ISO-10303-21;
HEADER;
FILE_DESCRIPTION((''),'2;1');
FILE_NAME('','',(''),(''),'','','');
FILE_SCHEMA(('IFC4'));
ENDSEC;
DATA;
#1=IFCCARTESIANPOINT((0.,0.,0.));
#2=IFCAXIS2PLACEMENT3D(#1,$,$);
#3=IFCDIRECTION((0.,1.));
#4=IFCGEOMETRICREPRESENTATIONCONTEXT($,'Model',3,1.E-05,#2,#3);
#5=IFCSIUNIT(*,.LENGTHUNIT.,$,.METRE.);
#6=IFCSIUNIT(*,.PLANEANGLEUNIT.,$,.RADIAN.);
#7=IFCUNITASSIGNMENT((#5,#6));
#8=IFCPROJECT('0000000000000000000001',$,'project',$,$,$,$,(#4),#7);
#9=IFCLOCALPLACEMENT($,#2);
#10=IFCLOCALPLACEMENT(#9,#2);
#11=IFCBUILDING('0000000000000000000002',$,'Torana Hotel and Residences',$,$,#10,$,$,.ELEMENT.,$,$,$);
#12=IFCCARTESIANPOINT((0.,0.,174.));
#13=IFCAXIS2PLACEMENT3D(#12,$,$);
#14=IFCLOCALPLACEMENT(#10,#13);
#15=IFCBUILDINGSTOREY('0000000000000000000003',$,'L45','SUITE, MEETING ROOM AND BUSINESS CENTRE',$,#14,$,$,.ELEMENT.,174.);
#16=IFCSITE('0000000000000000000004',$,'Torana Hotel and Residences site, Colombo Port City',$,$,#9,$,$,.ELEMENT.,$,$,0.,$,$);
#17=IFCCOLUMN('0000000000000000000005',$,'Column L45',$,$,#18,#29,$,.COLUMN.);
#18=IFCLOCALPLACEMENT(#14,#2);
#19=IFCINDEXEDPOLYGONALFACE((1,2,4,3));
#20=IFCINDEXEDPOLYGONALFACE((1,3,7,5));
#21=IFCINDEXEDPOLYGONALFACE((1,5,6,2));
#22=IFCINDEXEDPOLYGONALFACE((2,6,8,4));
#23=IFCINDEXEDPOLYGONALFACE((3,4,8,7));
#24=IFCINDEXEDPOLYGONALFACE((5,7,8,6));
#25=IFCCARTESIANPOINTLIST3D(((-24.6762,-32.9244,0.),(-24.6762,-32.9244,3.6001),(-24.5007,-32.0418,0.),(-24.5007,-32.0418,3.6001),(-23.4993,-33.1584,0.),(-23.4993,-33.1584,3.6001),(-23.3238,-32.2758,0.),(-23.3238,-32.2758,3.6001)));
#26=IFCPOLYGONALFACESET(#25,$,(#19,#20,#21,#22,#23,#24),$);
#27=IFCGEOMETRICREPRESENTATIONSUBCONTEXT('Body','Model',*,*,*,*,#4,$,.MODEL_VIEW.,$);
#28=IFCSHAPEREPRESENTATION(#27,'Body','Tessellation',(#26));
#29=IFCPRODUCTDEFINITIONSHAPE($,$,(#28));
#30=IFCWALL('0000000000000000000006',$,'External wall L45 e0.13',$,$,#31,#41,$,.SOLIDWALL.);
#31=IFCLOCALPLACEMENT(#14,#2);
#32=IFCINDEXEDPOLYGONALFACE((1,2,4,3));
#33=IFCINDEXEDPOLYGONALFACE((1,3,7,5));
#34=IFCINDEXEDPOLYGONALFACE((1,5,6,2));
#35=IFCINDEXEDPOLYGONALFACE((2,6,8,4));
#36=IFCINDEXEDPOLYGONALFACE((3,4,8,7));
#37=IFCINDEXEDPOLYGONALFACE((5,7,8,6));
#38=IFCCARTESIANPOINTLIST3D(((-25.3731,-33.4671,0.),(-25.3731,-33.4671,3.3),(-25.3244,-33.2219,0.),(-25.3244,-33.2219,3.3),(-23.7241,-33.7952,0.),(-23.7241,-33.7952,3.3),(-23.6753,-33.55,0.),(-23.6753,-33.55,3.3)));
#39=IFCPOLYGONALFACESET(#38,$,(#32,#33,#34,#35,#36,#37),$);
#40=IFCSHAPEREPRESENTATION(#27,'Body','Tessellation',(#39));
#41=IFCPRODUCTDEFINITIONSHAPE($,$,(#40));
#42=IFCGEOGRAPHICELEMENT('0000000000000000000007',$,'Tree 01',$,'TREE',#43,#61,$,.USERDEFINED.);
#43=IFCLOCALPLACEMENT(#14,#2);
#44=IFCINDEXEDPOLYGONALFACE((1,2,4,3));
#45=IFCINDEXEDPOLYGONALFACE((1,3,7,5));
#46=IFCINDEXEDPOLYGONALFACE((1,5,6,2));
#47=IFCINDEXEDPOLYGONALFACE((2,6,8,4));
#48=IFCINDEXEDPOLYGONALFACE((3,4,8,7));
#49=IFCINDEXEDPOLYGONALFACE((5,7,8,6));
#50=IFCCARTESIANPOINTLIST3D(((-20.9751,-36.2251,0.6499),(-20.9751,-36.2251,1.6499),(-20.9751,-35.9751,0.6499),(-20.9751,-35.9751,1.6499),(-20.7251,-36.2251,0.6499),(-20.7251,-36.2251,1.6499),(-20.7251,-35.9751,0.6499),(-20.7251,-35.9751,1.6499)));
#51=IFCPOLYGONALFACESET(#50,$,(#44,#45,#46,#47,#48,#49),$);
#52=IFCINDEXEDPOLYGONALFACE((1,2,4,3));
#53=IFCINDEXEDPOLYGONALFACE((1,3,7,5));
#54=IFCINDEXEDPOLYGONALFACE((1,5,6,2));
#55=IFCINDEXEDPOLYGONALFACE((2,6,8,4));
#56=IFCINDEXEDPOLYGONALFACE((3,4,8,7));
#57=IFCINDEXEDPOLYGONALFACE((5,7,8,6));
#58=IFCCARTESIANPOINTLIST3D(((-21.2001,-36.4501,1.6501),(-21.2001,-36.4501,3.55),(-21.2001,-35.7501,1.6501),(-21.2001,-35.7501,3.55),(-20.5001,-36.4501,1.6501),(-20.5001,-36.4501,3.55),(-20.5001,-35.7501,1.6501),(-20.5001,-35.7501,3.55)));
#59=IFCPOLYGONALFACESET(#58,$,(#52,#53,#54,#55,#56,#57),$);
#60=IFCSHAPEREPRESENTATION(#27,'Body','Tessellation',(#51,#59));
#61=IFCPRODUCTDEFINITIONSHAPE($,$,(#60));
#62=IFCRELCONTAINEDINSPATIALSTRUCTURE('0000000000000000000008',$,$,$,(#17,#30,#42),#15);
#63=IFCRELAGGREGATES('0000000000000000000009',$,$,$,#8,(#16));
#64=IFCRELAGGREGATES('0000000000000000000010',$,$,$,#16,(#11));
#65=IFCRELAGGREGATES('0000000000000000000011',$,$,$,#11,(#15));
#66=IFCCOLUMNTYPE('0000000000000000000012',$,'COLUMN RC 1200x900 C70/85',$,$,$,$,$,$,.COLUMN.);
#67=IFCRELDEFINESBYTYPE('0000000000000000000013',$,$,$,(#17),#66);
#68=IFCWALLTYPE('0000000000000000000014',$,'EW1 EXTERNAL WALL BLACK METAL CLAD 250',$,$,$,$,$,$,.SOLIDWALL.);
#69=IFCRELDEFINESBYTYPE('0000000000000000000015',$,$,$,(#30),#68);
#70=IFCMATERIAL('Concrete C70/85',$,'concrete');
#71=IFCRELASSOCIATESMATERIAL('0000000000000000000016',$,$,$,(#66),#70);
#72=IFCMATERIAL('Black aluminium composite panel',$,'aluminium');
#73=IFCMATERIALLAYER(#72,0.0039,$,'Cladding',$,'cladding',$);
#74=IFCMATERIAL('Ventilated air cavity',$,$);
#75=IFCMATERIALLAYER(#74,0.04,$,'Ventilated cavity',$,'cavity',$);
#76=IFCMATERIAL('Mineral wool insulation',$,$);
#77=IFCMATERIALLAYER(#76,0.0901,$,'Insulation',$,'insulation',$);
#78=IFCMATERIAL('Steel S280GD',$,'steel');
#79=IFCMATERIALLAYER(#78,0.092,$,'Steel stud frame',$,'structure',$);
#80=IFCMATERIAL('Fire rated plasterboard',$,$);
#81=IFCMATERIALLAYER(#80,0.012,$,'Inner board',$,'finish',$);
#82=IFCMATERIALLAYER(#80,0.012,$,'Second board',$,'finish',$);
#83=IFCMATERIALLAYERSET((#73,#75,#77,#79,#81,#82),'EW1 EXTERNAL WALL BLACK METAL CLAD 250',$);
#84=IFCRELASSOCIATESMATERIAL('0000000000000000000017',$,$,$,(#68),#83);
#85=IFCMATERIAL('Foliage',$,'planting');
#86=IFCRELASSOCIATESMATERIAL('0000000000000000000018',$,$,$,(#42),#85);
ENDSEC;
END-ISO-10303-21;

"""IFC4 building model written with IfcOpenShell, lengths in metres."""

from ifc_helpers import new_model, si_unit, direction, frame, frame_2d, origin, origin_2d, place, context, subcontext, project, spatial, rectangle, extrude, material, layer, layer_set, material_profile, profile_set, type_object, element, save


model = new_model("IFC4")

# Units and contexts
model_context = context("Model", 3, precision=1e-05, world=origin(), true_north=direction((0.0, 1.0)))
body_context = subcontext(model_context, "Body", "Model", "MODEL_VIEW")
ifc_project = project(units=[si_unit("LENGTHUNIT", "METRE"), si_unit("PLANEANGLEUNIT", "RADIAN")], contexts=[model_context])

# Site, building, storey
site_placement = place(None, origin())
site = spatial("IfcSite", under=ifc_project, at=site_placement, Name="Torana Hotel and Residences site, Colombo Port City", CompositionType="ELEMENT", RefElevation=0.0)
building_placement = place(site_placement, origin())
building = spatial("IfcBuilding", under=site, at=building_placement, Name="Torana Hotel and Residences", CompositionType="ELEMENT")
storey_placement = place(building_placement, frame((0.0, 0.0, 174.0)))
storey = spatial("IfcBuildingStorey", under=building, at=storey_placement, Name="L45", Description="SUITE, MEETING ROOM AND BUSINESS CENTRE", CompositionType="ELEMENT", Elevation=174.0)

# Column
ifc_material_1 = material(Name="Concrete C70/85", Category="concrete")
ifc_material_profile = material_profile(ifc_material_1, rectangle(XDim=1.2, YDim=0.8999, at=origin_2d()), Name="RC 1200x900")
ifc_profile_set = profile_set([ifc_material_profile], Name="Concrete C70/85")
column_type = type_object("IfcColumnType", Name="COLUMN RC 1200x900 C70/85", PredefinedType="COLUMN", material=ifc_profile_set)
column_placement = place(storey_placement, frame((-24.0, -32.6001, 0.0), z_axis=(0.0, 0.0, 1.0), x_axis=(-0.980792, 0.195056, 0.0)))
element("IfcColumn", 1, at=column_placement, inside=storey, type_object=column_type, Name="Column L45", PredefinedType="COLUMN", context=body_context, shape_type="SweptSolid", body=[
    extrude(rectangle(XDim=1.2, YDim=0.8999, at=origin_2d()), origin(), (0.0, 0.0, 1.0), 3.6001),
])

# Wall
ifc_material_2 = material(Name="Black aluminium composite panel", Category="aluminium")
ifc_layer_1 = layer(ifc_material_2, 0.0039, Name="Cladding", Category="cladding")
ifc_material_3 = material(Name="Ventilated air cavity")
ifc_layer_2 = layer(ifc_material_3, 0.04, Name="Ventilated cavity", Category="cavity")
ifc_material_4 = material(Name="Mineral wool insulation")
ifc_layer_3 = layer(ifc_material_4, 0.0901, Name="Insulation", Category="insulation")
ifc_material_5 = material(Name="Steel S280GD", Category="steel")
ifc_layer_4 = layer(ifc_material_5, 0.092, Name="Steel stud frame", Category="structure")
ifc_material_6 = material(Name="Fire rated plasterboard")
ifc_layer_5 = layer(ifc_material_6, 0.012, Name="Inner board", Category="finish")
ifc_layer_6 = layer(ifc_material_6, 0.012, Name="Second board", Category="finish")
ifc_layer_set = layer_set([ifc_layer_1, ifc_layer_2, ifc_layer_3, ifc_layer_4, ifc_layer_5, ifc_layer_6], Name="EW1 EXTERNAL WALL BLACK METAL CLAD 250")
wall_type = type_object("IfcWallType", Name="EW1 EXTERNAL WALL BLACK METAL CLAD 250", PredefinedType="SOLIDWALL", material=ifc_layer_set)
wall_1_placement = place(storey_placement, frame((-25.3489, -33.3445, 0.0), z_axis=(0.0, 0.0, 1.0), x_axis=(0.980776, -0.195139, 0.0)))
element("IfcWall", 2, at=wall_1_placement, inside=storey, type_object=wall_type, Name="External wall L45 e0.13", PredefinedType="SOLIDWALL", context=body_context, shape_type="SweptSolid", body=[
    extrude(rectangle(XDim=1.6814, YDim=0.25, at=frame_2d((0.8408, 0.0))), origin(), (0.0, 0.0, 1.0), 3.3),
])

# Geographic element
ifc_material_7 = material(Name="Foliage", Category="planting")
geographic_element_placement = place(storey_placement, frame((-20.8501, -36.1001, 0.6499), z_axis=(0.0, 0.0, 1.0), x_axis=(1.0, 0.0, 0.0)))
element("IfcGeographicElement", 3, at=geographic_element_placement, inside=storey, material=ifc_material_7, Name="Tree 01", ObjectType="TREE", PredefinedType="USERDEFINED", context=body_context, shape_type="SweptSolid", body=[
    extrude(rectangle(XDim=0.25, YDim=0.25, at=origin_2d()), origin(), (0.0, 0.0, 1.0), 1.0),
    extrude(rectangle(XDim=0.7, YDim=0.7, at=origin_2d()), frame((0.0, 0.0, 1.0002)), (0.0, 0.0, 1.0), 1.8999),
])

save(model, "model.ifc")
